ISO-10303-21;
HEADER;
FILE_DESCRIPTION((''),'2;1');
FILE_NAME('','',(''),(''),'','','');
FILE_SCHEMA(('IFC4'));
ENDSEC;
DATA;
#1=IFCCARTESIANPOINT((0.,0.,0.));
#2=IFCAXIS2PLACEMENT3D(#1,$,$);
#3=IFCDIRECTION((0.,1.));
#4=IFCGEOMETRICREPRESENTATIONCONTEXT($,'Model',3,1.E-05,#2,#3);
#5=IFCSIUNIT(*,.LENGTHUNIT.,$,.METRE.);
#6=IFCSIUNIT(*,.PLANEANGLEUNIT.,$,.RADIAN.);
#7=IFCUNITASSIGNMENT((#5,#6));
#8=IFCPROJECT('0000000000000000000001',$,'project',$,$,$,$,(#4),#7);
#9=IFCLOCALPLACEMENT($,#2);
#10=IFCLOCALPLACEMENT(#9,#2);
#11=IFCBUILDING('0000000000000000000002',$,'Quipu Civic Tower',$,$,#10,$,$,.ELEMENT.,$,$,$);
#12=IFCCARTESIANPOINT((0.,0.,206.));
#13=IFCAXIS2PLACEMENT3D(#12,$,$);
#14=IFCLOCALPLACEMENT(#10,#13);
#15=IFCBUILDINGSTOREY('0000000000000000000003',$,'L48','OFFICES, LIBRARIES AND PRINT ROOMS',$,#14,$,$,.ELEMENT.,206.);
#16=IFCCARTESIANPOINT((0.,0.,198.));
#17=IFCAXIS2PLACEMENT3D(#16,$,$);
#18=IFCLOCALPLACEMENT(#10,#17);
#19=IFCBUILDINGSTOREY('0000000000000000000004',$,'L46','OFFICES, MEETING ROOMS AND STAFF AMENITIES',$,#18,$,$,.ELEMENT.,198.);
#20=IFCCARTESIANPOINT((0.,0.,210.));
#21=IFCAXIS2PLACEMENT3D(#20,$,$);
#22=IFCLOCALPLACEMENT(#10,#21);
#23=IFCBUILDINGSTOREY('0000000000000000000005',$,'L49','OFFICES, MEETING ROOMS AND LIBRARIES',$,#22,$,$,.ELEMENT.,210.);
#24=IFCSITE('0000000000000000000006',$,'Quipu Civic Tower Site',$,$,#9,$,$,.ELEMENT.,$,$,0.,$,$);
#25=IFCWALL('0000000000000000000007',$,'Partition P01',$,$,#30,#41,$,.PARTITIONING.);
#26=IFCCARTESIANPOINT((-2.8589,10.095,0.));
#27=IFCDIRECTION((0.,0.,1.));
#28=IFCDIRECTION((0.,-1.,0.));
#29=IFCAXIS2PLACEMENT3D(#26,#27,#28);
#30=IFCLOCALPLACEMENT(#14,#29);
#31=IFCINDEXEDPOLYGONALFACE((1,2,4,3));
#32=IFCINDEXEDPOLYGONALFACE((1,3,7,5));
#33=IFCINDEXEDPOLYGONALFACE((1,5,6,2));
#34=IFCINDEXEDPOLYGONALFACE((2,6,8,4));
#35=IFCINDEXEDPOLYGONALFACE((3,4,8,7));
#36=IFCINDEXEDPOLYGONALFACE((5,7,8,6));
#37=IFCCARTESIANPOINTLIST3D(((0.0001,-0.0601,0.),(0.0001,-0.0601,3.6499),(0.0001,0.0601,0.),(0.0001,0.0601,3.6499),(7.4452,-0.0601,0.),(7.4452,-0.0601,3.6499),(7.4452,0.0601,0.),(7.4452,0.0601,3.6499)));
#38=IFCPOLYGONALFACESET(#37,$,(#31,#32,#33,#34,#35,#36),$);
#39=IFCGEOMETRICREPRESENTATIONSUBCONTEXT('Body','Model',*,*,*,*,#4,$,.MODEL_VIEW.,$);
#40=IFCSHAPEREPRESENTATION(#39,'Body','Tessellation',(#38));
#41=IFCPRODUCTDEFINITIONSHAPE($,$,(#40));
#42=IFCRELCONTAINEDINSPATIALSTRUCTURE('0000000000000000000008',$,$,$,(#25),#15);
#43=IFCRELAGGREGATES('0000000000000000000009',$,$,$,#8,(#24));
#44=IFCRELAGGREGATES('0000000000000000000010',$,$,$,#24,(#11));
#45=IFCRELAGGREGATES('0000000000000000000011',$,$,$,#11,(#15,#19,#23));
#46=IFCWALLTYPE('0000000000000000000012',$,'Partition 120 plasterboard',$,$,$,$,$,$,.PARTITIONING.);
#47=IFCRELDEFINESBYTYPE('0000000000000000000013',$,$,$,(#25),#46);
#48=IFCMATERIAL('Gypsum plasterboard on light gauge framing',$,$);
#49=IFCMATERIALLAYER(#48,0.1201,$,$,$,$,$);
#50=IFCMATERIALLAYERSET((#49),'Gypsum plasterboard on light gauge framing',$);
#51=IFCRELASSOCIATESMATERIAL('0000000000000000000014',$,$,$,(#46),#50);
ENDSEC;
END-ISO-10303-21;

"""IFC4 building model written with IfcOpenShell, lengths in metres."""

from ifc_helpers import new_model, si_unit, direction, frame, frame_2d, origin, place, context, subcontext, project, spatial, rectangle, extrude, material, layer, layer_set, type_object, element, save


model = new_model("IFC4")

# Units and contexts
model_context = context("Model", 3, precision=1e-05, world=origin(), true_north=direction((0.0, 1.0)))
body_context = subcontext(model_context, "Body", "Model", "MODEL_VIEW")
ifc_project = project(units=[si_unit("LENGTHUNIT", "METRE"), si_unit("PLANEANGLEUNIT", "RADIAN")], contexts=[model_context])

# Site, building, storey
site_placement = place(None, origin())
site = spatial("IfcSite", under=ifc_project, at=site_placement, Name="Quipu Civic Tower Site", CompositionType="ELEMENT", RefElevation=0.0)
building_placement = place(site_placement, origin())
building = spatial("IfcBuilding", under=site, at=building_placement, Name="Quipu Civic Tower", CompositionType="ELEMENT")
storey_1_placement = place(building_placement, frame((0.0, 0.0, 206.0)))
storey_1 = spatial("IfcBuildingStorey", under=building, at=storey_1_placement, Name="L48", Description="OFFICES, LIBRARIES AND PRINT ROOMS", CompositionType="ELEMENT", Elevation=206.0)

# Shared definitions
storey_2_placement = place(building_placement, frame((0.0, 0.0, 198.0)))
storey_2 = spatial("IfcBuildingStorey", under=building, at=storey_2_placement, Name="L46", Description="OFFICES, MEETING ROOMS AND STAFF AMENITIES", CompositionType="ELEMENT", Elevation=198.0)

# Shared definitions
storey_3_placement = place(building_placement, frame((0.0, 0.0, 210.0)))
storey_3 = spatial("IfcBuildingStorey", under=building, at=storey_3_placement, Name="L49", Description="OFFICES, MEETING ROOMS AND LIBRARIES", CompositionType="ELEMENT", Elevation=210.0)

# Wall
ifc_material_1 = material(Name="Gypsum plasterboard on light gauge framing")
ifc_layer_1 = layer(ifc_material_1, 0.1201)
ifc_layer_set_1 = layer_set([ifc_layer_1], Name="Gypsum plasterboard on light gauge framing")
wall_type_1 = type_object("IfcWallType", Name="Partition 120 plasterboard", PredefinedType="PARTITIONING", material=ifc_layer_set_1)
wall_1_placement = place(storey_1_placement, frame((-2.8589, 10.095, 0.0), z_axis=(0.0, 0.0, 1.0), x_axis=(0.0, -1.0, 0.0)))
element("IfcWall", 1, at=wall_1_placement, inside=storey_1, type_object=wall_type_1, Name="Partition P01", PredefinedType="PARTITIONING", context=body_context, shape_type="SweptSolid", body=[
    extrude(rectangle(XDim=7.4451, YDim=0.1201, at=frame_2d((3.7227, 0.0))), origin(), (0.0, 0.0, 1.0), 3.6499),
])

save(model, "model.ifc")
